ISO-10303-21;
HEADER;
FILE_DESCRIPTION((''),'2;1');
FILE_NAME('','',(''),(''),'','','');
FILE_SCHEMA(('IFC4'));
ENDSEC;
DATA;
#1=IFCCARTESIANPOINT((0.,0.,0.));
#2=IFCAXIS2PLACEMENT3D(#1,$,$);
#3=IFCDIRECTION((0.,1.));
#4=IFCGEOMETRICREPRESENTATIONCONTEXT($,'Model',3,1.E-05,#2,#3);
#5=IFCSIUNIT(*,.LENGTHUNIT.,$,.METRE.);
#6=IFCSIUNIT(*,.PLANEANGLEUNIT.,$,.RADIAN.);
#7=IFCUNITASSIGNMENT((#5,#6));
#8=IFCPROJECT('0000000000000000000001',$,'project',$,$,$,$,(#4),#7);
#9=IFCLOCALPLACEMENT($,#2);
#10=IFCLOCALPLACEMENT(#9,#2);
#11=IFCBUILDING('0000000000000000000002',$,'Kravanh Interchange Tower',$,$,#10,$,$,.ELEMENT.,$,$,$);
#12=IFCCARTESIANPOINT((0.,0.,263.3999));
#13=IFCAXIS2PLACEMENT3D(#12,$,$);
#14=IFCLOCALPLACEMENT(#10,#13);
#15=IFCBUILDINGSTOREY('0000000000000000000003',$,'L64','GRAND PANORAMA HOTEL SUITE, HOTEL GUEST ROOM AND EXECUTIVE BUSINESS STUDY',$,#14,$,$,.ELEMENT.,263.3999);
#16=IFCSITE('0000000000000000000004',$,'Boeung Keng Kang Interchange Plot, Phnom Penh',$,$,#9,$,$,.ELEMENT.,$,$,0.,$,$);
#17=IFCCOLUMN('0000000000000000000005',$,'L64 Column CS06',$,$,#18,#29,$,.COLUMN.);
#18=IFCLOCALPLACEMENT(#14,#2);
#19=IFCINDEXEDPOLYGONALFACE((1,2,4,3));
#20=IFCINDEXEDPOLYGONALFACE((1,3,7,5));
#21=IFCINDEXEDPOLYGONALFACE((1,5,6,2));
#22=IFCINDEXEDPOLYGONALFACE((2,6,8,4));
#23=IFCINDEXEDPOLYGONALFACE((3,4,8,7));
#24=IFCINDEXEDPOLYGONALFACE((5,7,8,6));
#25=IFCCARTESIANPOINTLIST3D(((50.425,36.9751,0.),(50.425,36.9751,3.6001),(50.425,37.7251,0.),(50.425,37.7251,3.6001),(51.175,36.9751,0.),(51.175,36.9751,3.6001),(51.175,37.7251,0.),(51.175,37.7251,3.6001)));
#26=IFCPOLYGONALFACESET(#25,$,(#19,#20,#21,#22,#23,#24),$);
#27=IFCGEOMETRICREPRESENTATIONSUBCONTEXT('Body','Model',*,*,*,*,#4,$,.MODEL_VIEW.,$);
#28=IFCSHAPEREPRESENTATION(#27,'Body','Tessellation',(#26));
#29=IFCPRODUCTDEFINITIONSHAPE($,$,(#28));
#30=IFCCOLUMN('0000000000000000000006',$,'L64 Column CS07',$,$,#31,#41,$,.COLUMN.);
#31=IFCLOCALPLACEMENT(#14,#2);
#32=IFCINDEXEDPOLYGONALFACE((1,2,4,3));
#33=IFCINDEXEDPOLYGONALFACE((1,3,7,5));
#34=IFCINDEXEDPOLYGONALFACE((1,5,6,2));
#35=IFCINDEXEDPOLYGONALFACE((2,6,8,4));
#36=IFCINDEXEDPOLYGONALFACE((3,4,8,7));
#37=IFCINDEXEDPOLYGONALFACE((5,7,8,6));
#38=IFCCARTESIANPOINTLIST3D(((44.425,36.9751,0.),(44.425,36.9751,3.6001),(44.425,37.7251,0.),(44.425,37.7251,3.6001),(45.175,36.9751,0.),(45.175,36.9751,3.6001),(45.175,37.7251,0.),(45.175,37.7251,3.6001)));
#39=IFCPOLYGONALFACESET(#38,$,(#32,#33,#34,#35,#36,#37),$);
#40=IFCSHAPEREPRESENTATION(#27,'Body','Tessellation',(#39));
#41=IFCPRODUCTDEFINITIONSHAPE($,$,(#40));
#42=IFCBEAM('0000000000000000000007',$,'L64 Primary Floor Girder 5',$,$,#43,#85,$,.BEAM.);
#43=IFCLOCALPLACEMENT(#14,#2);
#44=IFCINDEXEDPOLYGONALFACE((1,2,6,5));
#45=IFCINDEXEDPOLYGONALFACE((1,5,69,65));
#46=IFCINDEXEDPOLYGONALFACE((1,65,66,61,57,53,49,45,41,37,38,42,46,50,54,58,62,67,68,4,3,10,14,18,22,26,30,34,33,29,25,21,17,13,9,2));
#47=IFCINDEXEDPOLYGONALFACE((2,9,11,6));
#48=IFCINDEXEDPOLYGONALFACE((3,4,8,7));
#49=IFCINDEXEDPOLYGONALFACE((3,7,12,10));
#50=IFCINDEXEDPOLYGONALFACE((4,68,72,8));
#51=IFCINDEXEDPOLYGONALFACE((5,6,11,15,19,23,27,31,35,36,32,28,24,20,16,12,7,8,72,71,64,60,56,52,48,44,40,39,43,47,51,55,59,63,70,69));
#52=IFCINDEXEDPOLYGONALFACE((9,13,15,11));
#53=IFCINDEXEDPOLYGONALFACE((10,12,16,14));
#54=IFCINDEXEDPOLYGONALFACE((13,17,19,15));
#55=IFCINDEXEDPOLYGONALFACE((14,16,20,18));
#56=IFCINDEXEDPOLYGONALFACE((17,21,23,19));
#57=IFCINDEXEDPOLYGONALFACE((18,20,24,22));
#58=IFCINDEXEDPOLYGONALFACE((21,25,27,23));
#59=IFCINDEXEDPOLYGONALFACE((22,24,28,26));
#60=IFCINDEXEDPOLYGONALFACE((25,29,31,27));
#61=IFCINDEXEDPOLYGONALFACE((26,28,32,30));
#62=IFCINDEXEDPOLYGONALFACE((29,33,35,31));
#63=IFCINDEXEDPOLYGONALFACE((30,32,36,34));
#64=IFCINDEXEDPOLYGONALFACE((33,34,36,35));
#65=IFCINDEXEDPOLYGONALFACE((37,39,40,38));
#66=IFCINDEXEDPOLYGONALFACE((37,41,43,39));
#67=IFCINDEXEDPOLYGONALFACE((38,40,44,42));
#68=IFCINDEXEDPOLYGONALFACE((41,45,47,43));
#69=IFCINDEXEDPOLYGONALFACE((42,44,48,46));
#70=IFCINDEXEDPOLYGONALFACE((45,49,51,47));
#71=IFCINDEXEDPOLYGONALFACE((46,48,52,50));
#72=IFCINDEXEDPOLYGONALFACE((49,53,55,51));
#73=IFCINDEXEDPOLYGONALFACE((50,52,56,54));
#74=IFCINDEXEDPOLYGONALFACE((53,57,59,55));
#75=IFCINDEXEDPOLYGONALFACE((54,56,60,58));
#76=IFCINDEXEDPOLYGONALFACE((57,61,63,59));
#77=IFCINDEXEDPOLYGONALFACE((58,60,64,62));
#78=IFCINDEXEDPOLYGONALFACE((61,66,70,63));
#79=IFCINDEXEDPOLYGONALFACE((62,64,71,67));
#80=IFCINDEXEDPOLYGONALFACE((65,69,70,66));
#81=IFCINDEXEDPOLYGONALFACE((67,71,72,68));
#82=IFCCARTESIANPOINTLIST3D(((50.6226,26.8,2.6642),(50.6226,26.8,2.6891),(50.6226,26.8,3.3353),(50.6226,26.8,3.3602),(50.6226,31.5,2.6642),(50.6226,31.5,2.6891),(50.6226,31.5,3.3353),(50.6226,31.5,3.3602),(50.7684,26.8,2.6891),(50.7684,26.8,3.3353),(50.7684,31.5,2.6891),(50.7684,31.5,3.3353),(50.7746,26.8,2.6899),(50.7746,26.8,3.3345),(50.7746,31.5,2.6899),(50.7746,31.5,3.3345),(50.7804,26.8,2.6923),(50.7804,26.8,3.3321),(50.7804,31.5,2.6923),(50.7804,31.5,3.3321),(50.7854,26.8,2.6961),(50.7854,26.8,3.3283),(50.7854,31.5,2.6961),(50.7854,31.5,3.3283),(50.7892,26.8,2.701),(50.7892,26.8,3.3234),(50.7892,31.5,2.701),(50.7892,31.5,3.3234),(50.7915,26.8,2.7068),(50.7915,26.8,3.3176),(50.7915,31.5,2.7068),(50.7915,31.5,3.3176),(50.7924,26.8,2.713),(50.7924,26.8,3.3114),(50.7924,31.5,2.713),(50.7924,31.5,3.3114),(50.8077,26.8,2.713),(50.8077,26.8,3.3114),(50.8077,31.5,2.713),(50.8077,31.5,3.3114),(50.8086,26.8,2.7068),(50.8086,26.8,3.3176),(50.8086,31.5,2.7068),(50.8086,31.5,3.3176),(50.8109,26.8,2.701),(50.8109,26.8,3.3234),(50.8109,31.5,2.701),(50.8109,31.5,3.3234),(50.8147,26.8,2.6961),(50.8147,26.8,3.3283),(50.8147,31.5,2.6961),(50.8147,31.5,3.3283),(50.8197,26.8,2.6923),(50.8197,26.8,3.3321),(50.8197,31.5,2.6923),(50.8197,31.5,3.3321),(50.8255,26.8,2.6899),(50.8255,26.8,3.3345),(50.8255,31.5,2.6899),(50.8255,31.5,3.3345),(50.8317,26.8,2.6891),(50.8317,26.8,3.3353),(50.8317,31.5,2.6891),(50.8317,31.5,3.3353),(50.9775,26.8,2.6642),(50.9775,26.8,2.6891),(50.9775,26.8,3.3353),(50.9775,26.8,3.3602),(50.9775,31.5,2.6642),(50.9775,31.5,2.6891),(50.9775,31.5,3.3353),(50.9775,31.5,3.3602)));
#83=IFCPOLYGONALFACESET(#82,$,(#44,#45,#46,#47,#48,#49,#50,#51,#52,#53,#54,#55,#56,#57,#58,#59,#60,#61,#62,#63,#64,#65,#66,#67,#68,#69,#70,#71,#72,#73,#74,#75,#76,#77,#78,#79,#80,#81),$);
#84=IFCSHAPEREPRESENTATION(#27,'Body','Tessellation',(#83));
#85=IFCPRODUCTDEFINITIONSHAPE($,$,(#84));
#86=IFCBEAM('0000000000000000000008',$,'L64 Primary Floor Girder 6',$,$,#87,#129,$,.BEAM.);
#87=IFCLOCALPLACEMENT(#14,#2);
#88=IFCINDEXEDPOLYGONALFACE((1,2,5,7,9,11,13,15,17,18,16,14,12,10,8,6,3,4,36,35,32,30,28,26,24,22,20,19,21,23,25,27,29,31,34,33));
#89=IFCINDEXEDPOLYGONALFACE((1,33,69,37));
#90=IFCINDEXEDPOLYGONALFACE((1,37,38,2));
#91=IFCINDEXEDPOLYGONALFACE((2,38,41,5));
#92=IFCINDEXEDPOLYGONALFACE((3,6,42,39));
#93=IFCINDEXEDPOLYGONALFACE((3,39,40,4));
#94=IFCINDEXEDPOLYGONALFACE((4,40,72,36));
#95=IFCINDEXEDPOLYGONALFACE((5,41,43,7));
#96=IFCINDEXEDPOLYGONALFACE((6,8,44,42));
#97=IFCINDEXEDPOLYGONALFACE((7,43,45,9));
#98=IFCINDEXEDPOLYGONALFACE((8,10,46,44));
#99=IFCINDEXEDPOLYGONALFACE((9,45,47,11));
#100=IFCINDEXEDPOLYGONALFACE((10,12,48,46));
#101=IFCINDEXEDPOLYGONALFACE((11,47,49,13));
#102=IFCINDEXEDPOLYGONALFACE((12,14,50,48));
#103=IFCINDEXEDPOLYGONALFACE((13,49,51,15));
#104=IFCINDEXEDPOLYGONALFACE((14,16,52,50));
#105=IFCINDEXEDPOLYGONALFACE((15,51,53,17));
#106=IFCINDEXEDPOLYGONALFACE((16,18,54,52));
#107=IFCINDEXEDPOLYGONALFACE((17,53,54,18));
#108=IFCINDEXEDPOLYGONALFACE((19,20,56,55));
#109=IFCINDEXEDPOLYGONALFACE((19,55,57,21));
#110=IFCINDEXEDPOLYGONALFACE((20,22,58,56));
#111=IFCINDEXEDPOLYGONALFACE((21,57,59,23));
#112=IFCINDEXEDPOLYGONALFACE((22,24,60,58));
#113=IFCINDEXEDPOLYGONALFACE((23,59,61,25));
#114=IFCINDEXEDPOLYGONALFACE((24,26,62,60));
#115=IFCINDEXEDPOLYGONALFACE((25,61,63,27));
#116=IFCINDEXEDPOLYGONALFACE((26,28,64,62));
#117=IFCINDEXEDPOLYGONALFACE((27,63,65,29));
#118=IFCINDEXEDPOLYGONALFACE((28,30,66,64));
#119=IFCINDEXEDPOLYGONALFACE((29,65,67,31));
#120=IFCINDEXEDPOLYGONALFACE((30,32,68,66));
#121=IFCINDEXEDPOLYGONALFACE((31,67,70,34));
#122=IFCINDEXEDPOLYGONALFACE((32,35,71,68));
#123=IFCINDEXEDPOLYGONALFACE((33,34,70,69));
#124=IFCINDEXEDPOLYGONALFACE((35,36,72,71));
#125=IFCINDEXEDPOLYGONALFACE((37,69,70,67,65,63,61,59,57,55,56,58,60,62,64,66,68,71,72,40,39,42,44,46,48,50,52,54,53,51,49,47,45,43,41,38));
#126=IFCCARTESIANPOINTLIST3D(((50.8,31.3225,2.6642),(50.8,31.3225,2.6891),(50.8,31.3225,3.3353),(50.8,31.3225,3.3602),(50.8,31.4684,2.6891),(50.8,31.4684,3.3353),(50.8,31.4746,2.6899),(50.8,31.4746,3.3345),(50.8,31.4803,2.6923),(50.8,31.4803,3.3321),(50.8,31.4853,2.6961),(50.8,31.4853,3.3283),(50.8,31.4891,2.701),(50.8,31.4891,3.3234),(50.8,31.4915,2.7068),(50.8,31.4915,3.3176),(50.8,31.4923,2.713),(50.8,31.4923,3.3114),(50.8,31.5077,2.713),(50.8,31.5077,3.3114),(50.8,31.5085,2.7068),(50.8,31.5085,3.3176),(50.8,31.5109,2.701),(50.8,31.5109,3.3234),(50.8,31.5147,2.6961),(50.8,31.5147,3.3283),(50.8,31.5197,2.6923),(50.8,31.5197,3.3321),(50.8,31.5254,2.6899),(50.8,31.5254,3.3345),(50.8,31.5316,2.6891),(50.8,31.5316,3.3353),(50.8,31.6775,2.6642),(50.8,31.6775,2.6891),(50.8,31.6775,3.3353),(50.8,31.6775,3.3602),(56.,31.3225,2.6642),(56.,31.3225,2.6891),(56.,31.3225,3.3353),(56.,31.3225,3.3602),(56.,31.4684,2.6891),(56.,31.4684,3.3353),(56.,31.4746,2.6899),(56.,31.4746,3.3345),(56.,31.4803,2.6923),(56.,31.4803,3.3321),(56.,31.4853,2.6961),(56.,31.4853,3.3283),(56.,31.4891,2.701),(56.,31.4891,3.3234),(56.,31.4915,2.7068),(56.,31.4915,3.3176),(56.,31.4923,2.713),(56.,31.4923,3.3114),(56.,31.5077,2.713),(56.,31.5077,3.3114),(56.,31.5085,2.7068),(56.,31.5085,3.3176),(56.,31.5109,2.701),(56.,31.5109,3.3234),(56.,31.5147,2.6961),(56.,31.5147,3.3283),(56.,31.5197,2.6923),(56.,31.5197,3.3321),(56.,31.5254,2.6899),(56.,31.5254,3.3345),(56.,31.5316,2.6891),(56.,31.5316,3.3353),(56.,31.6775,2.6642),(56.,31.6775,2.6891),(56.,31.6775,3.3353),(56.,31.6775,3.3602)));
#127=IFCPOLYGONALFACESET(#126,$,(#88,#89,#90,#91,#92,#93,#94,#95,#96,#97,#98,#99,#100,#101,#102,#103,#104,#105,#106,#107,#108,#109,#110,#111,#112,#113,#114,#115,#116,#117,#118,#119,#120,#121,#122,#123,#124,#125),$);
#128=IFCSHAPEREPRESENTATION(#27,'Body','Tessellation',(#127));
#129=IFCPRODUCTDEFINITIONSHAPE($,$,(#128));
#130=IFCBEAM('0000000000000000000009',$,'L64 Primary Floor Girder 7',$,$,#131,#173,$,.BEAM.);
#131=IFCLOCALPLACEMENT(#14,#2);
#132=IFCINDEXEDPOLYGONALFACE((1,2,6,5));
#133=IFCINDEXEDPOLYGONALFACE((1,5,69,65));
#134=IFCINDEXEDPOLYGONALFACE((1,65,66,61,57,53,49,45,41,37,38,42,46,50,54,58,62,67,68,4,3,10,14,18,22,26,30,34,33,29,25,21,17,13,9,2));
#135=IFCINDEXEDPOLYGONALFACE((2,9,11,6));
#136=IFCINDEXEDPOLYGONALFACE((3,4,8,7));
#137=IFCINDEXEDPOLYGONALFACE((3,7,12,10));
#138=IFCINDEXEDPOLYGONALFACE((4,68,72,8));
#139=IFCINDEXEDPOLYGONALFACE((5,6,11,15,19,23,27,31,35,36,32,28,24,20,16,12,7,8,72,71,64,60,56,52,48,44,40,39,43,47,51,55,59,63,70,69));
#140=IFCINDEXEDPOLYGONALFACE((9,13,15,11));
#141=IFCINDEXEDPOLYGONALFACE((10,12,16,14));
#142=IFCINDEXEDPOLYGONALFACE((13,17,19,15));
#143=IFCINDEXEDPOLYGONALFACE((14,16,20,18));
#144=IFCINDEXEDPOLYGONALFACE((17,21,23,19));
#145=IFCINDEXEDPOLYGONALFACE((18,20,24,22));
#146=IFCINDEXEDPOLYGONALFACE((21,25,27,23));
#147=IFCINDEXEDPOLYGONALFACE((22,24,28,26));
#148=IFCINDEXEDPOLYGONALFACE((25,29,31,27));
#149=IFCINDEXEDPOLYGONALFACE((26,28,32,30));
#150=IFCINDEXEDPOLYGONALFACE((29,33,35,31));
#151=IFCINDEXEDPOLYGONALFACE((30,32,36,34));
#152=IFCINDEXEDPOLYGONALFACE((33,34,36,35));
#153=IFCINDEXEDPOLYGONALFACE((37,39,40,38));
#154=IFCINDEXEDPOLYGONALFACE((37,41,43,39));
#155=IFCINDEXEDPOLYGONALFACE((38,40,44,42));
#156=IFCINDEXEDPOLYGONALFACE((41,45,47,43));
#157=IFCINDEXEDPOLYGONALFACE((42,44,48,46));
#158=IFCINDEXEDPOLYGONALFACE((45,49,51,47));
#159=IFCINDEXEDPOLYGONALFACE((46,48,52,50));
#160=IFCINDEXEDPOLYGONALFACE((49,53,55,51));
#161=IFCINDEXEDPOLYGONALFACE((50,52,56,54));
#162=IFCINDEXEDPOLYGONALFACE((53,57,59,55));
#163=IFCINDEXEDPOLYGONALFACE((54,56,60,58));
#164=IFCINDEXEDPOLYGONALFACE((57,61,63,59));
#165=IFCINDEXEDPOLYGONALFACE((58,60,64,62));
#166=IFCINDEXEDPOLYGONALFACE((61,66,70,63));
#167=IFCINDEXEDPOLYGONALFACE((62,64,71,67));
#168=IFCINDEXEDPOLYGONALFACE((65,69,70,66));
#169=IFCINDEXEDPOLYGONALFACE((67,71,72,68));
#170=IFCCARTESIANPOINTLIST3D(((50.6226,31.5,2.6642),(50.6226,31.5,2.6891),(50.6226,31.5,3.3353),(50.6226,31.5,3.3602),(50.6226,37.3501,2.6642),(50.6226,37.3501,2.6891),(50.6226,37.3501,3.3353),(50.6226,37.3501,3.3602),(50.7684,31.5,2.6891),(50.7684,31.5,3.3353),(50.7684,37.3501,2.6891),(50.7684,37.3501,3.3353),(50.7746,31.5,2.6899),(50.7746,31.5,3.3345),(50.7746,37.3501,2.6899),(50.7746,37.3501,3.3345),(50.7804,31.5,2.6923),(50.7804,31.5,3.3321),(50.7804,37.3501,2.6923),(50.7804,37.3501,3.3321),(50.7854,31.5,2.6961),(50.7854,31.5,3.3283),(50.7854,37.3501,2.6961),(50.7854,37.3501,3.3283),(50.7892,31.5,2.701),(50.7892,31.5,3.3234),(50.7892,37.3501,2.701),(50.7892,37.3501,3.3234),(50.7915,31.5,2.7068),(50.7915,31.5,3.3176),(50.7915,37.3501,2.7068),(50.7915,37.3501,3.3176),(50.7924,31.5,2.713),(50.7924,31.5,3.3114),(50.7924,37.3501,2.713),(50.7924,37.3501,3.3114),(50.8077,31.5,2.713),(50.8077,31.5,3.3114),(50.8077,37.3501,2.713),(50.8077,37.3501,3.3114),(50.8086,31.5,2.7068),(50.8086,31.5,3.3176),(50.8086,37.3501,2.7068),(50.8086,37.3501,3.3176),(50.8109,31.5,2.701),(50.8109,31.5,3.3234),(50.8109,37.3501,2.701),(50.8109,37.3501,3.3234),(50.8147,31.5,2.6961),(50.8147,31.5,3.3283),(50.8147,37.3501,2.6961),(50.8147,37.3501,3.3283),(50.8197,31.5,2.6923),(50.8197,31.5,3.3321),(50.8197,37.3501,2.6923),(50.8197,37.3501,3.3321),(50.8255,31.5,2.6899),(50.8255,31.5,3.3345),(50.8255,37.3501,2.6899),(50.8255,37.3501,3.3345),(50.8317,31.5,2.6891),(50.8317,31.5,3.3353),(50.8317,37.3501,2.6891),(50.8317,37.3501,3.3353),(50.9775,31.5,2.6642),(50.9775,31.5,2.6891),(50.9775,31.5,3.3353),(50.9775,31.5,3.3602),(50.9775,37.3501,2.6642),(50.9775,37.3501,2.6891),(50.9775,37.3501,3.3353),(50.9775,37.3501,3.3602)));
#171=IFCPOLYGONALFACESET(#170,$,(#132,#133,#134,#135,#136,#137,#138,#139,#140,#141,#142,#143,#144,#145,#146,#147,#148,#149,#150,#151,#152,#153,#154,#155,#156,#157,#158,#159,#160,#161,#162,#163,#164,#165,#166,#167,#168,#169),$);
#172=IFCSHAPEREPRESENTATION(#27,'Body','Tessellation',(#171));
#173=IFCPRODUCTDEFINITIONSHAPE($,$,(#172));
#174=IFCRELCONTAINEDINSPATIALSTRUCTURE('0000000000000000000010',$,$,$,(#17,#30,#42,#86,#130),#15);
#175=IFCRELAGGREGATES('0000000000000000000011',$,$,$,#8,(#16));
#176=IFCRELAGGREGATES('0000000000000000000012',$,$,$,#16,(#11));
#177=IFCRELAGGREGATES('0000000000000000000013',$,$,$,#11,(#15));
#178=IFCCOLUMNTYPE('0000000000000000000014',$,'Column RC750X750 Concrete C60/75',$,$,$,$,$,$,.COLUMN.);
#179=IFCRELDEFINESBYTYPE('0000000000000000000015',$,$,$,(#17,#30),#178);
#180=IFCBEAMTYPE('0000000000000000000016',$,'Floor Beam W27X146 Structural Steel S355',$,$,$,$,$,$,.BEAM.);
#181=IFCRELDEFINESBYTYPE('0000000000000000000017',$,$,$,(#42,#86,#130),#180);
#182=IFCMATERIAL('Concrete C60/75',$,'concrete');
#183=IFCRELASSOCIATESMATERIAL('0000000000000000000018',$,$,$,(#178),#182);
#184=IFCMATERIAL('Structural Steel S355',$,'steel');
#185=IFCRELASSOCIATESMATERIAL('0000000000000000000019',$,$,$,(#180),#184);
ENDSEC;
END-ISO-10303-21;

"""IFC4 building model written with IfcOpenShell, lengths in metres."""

from ifc_helpers import new_model, si_unit, direction, frame, origin, origin_2d, place, context, subcontext, project, spatial, rectangle, i_section, extrude, material, material_profile, profile_set, type_object, element, save


model = new_model("IFC4")

# Units and contexts
model_context = context("Model", 3, precision=1e-05, world=origin(), true_north=direction((0.0, 1.0)))
body_context = subcontext(model_context, "Body", "Model", "MODEL_VIEW")
ifc_project = project(units=[si_unit("LENGTHUNIT", "METRE"), si_unit("PLANEANGLEUNIT", "RADIAN")], contexts=[model_context])

# Site, building, storey
site_placement = place(None, origin())
site = spatial("IfcSite", under=ifc_project, at=site_placement, Name="Boeung Keng Kang Interchange Plot, Phnom Penh", CompositionType="ELEMENT", RefElevation=0.0)
building_placement = place(site_placement, origin())
building = spatial("IfcBuilding", under=site, at=building_placement, Name="Kravanh Interchange Tower", CompositionType="ELEMENT")
storey_placement = place(building_placement, frame((0.0, 0.0, 263.3999)))
storey = spatial("IfcBuildingStorey", under=building, at=storey_placement, Name="L64", Description="GRAND PANORAMA HOTEL SUITE, HOTEL GUEST ROOM AND EXECUTIVE BUSINESS STUDY", CompositionType="ELEMENT", Elevation=263.3999)

# Columns
ifc_material_1 = material(Name="Concrete C60/75", Category="concrete")
ifc_material_profile_1 = material_profile(ifc_material_1, rectangle(XDim=0.75, YDim=0.75, at=origin_2d()), Name="RC750X750")
ifc_profile_set_1 = profile_set([ifc_material_profile_1], Name="Concrete C60/75")
column_type = type_object("IfcColumnType", Name="Column RC750X750 Concrete C60/75", PredefinedType="COLUMN", material=ifc_profile_set_1)
for number, where, z_axis, x_axis, name in (
    (1, (50.8, 37.3501, 0.0), (0.0, 0.0, 1.0), (1.0, 0.0, 0.0), "L64 Column CS06"),
    (2, (44.8, 37.3501, 0.0), (0.0, 0.0, 1.0), (1.0, 0.0, 0.0), "L64 Column CS07"),
):
    element("IfcColumn", number, at=place(storey_placement, frame(where, z_axis=z_axis, x_axis=x_axis)), inside=storey, type_object=column_type, Name=name, PredefinedType="COLUMN", context=body_context, shape_type="SweptSolid", body=[
        extrude(rectangle(XDim=0.75, YDim=0.75, at=origin_2d()), origin(), (0.0, 0.0, 1.0), 3.6001),
    ])

# Beams
ifc_material_2 = material(Name="Structural Steel S355", Category="steel")
ifc_material_profile_2 = material_profile(ifc_material_2, i_section(OverallWidth=0.355, OverallDepth=0.696, WebThickness=0.0154, FlangeThickness=0.0249, FilletRadius=0.0239, at=origin_2d()), Name="W27X146")
ifc_profile_set_2 = profile_set([ifc_material_profile_2], Name="Structural Steel S355")
beam_type_1 = type_object("IfcBeamType", Name="Floor Beam W27X146 Structural Steel S355", PredefinedType="BEAM", material=ifc_profile_set_2)
beam_1_placement = place(storey_placement, frame((50.8, 31.5, 3.0122), z_axis=(0.0, -1.0, 0.0), x_axis=(1.0, 0.0, 0.0)))
element("IfcBeam", 3, at=beam_1_placement, inside=storey, type_object=beam_type_1, Name="L64 Primary Floor Girder 5", PredefinedType="BEAM", context=body_context, shape_type="SweptSolid", body=[
    extrude(i_section(OverallWidth=0.355, OverallDepth=0.696, WebThickness=0.0154, FlangeThickness=0.0249, FilletRadius=0.0239, at=origin_2d()), origin(), (0.0, 0.0, 1.0), 4.7),
])
beam_2_placement = place(storey_placement, frame((50.8, 31.5, 3.0122), z_axis=(1.0, 0.0, 0.0), x_axis=(0.0, 1.0, 0.0)))
element("IfcBeam", 4, at=beam_2_placement, inside=storey, type_object=beam_type_1, Name="L64 Primary Floor Girder 6", PredefinedType="BEAM", context=body_context, shape_type="SweptSolid", body=[
    extrude(i_section(OverallWidth=0.355, OverallDepth=0.696, WebThickness=0.0154, FlangeThickness=0.0249, FilletRadius=0.0239, at=origin_2d()), origin(), (0.0, 0.0, 1.0), 5.2),
])
beam_3_placement = place(storey_placement, frame((50.8, 31.5, 3.0122), z_axis=(0.0, 1.0, 0.0), x_axis=(-1.0, 0.0, 0.0)))
element("IfcBeam", 5, at=beam_3_placement, inside=storey, type_object=beam_type_1, Name="L64 Primary Floor Girder 7", PredefinedType="BEAM", context=body_context, shape_type="SweptSolid", body=[
    extrude(i_section(OverallWidth=0.355, OverallDepth=0.696, WebThickness=0.0154, FlangeThickness=0.0249, FilletRadius=0.0239, at=origin_2d()), origin(), (0.0, 0.0, 1.0), 5.8501),
])

save(model, "model.ifc")
